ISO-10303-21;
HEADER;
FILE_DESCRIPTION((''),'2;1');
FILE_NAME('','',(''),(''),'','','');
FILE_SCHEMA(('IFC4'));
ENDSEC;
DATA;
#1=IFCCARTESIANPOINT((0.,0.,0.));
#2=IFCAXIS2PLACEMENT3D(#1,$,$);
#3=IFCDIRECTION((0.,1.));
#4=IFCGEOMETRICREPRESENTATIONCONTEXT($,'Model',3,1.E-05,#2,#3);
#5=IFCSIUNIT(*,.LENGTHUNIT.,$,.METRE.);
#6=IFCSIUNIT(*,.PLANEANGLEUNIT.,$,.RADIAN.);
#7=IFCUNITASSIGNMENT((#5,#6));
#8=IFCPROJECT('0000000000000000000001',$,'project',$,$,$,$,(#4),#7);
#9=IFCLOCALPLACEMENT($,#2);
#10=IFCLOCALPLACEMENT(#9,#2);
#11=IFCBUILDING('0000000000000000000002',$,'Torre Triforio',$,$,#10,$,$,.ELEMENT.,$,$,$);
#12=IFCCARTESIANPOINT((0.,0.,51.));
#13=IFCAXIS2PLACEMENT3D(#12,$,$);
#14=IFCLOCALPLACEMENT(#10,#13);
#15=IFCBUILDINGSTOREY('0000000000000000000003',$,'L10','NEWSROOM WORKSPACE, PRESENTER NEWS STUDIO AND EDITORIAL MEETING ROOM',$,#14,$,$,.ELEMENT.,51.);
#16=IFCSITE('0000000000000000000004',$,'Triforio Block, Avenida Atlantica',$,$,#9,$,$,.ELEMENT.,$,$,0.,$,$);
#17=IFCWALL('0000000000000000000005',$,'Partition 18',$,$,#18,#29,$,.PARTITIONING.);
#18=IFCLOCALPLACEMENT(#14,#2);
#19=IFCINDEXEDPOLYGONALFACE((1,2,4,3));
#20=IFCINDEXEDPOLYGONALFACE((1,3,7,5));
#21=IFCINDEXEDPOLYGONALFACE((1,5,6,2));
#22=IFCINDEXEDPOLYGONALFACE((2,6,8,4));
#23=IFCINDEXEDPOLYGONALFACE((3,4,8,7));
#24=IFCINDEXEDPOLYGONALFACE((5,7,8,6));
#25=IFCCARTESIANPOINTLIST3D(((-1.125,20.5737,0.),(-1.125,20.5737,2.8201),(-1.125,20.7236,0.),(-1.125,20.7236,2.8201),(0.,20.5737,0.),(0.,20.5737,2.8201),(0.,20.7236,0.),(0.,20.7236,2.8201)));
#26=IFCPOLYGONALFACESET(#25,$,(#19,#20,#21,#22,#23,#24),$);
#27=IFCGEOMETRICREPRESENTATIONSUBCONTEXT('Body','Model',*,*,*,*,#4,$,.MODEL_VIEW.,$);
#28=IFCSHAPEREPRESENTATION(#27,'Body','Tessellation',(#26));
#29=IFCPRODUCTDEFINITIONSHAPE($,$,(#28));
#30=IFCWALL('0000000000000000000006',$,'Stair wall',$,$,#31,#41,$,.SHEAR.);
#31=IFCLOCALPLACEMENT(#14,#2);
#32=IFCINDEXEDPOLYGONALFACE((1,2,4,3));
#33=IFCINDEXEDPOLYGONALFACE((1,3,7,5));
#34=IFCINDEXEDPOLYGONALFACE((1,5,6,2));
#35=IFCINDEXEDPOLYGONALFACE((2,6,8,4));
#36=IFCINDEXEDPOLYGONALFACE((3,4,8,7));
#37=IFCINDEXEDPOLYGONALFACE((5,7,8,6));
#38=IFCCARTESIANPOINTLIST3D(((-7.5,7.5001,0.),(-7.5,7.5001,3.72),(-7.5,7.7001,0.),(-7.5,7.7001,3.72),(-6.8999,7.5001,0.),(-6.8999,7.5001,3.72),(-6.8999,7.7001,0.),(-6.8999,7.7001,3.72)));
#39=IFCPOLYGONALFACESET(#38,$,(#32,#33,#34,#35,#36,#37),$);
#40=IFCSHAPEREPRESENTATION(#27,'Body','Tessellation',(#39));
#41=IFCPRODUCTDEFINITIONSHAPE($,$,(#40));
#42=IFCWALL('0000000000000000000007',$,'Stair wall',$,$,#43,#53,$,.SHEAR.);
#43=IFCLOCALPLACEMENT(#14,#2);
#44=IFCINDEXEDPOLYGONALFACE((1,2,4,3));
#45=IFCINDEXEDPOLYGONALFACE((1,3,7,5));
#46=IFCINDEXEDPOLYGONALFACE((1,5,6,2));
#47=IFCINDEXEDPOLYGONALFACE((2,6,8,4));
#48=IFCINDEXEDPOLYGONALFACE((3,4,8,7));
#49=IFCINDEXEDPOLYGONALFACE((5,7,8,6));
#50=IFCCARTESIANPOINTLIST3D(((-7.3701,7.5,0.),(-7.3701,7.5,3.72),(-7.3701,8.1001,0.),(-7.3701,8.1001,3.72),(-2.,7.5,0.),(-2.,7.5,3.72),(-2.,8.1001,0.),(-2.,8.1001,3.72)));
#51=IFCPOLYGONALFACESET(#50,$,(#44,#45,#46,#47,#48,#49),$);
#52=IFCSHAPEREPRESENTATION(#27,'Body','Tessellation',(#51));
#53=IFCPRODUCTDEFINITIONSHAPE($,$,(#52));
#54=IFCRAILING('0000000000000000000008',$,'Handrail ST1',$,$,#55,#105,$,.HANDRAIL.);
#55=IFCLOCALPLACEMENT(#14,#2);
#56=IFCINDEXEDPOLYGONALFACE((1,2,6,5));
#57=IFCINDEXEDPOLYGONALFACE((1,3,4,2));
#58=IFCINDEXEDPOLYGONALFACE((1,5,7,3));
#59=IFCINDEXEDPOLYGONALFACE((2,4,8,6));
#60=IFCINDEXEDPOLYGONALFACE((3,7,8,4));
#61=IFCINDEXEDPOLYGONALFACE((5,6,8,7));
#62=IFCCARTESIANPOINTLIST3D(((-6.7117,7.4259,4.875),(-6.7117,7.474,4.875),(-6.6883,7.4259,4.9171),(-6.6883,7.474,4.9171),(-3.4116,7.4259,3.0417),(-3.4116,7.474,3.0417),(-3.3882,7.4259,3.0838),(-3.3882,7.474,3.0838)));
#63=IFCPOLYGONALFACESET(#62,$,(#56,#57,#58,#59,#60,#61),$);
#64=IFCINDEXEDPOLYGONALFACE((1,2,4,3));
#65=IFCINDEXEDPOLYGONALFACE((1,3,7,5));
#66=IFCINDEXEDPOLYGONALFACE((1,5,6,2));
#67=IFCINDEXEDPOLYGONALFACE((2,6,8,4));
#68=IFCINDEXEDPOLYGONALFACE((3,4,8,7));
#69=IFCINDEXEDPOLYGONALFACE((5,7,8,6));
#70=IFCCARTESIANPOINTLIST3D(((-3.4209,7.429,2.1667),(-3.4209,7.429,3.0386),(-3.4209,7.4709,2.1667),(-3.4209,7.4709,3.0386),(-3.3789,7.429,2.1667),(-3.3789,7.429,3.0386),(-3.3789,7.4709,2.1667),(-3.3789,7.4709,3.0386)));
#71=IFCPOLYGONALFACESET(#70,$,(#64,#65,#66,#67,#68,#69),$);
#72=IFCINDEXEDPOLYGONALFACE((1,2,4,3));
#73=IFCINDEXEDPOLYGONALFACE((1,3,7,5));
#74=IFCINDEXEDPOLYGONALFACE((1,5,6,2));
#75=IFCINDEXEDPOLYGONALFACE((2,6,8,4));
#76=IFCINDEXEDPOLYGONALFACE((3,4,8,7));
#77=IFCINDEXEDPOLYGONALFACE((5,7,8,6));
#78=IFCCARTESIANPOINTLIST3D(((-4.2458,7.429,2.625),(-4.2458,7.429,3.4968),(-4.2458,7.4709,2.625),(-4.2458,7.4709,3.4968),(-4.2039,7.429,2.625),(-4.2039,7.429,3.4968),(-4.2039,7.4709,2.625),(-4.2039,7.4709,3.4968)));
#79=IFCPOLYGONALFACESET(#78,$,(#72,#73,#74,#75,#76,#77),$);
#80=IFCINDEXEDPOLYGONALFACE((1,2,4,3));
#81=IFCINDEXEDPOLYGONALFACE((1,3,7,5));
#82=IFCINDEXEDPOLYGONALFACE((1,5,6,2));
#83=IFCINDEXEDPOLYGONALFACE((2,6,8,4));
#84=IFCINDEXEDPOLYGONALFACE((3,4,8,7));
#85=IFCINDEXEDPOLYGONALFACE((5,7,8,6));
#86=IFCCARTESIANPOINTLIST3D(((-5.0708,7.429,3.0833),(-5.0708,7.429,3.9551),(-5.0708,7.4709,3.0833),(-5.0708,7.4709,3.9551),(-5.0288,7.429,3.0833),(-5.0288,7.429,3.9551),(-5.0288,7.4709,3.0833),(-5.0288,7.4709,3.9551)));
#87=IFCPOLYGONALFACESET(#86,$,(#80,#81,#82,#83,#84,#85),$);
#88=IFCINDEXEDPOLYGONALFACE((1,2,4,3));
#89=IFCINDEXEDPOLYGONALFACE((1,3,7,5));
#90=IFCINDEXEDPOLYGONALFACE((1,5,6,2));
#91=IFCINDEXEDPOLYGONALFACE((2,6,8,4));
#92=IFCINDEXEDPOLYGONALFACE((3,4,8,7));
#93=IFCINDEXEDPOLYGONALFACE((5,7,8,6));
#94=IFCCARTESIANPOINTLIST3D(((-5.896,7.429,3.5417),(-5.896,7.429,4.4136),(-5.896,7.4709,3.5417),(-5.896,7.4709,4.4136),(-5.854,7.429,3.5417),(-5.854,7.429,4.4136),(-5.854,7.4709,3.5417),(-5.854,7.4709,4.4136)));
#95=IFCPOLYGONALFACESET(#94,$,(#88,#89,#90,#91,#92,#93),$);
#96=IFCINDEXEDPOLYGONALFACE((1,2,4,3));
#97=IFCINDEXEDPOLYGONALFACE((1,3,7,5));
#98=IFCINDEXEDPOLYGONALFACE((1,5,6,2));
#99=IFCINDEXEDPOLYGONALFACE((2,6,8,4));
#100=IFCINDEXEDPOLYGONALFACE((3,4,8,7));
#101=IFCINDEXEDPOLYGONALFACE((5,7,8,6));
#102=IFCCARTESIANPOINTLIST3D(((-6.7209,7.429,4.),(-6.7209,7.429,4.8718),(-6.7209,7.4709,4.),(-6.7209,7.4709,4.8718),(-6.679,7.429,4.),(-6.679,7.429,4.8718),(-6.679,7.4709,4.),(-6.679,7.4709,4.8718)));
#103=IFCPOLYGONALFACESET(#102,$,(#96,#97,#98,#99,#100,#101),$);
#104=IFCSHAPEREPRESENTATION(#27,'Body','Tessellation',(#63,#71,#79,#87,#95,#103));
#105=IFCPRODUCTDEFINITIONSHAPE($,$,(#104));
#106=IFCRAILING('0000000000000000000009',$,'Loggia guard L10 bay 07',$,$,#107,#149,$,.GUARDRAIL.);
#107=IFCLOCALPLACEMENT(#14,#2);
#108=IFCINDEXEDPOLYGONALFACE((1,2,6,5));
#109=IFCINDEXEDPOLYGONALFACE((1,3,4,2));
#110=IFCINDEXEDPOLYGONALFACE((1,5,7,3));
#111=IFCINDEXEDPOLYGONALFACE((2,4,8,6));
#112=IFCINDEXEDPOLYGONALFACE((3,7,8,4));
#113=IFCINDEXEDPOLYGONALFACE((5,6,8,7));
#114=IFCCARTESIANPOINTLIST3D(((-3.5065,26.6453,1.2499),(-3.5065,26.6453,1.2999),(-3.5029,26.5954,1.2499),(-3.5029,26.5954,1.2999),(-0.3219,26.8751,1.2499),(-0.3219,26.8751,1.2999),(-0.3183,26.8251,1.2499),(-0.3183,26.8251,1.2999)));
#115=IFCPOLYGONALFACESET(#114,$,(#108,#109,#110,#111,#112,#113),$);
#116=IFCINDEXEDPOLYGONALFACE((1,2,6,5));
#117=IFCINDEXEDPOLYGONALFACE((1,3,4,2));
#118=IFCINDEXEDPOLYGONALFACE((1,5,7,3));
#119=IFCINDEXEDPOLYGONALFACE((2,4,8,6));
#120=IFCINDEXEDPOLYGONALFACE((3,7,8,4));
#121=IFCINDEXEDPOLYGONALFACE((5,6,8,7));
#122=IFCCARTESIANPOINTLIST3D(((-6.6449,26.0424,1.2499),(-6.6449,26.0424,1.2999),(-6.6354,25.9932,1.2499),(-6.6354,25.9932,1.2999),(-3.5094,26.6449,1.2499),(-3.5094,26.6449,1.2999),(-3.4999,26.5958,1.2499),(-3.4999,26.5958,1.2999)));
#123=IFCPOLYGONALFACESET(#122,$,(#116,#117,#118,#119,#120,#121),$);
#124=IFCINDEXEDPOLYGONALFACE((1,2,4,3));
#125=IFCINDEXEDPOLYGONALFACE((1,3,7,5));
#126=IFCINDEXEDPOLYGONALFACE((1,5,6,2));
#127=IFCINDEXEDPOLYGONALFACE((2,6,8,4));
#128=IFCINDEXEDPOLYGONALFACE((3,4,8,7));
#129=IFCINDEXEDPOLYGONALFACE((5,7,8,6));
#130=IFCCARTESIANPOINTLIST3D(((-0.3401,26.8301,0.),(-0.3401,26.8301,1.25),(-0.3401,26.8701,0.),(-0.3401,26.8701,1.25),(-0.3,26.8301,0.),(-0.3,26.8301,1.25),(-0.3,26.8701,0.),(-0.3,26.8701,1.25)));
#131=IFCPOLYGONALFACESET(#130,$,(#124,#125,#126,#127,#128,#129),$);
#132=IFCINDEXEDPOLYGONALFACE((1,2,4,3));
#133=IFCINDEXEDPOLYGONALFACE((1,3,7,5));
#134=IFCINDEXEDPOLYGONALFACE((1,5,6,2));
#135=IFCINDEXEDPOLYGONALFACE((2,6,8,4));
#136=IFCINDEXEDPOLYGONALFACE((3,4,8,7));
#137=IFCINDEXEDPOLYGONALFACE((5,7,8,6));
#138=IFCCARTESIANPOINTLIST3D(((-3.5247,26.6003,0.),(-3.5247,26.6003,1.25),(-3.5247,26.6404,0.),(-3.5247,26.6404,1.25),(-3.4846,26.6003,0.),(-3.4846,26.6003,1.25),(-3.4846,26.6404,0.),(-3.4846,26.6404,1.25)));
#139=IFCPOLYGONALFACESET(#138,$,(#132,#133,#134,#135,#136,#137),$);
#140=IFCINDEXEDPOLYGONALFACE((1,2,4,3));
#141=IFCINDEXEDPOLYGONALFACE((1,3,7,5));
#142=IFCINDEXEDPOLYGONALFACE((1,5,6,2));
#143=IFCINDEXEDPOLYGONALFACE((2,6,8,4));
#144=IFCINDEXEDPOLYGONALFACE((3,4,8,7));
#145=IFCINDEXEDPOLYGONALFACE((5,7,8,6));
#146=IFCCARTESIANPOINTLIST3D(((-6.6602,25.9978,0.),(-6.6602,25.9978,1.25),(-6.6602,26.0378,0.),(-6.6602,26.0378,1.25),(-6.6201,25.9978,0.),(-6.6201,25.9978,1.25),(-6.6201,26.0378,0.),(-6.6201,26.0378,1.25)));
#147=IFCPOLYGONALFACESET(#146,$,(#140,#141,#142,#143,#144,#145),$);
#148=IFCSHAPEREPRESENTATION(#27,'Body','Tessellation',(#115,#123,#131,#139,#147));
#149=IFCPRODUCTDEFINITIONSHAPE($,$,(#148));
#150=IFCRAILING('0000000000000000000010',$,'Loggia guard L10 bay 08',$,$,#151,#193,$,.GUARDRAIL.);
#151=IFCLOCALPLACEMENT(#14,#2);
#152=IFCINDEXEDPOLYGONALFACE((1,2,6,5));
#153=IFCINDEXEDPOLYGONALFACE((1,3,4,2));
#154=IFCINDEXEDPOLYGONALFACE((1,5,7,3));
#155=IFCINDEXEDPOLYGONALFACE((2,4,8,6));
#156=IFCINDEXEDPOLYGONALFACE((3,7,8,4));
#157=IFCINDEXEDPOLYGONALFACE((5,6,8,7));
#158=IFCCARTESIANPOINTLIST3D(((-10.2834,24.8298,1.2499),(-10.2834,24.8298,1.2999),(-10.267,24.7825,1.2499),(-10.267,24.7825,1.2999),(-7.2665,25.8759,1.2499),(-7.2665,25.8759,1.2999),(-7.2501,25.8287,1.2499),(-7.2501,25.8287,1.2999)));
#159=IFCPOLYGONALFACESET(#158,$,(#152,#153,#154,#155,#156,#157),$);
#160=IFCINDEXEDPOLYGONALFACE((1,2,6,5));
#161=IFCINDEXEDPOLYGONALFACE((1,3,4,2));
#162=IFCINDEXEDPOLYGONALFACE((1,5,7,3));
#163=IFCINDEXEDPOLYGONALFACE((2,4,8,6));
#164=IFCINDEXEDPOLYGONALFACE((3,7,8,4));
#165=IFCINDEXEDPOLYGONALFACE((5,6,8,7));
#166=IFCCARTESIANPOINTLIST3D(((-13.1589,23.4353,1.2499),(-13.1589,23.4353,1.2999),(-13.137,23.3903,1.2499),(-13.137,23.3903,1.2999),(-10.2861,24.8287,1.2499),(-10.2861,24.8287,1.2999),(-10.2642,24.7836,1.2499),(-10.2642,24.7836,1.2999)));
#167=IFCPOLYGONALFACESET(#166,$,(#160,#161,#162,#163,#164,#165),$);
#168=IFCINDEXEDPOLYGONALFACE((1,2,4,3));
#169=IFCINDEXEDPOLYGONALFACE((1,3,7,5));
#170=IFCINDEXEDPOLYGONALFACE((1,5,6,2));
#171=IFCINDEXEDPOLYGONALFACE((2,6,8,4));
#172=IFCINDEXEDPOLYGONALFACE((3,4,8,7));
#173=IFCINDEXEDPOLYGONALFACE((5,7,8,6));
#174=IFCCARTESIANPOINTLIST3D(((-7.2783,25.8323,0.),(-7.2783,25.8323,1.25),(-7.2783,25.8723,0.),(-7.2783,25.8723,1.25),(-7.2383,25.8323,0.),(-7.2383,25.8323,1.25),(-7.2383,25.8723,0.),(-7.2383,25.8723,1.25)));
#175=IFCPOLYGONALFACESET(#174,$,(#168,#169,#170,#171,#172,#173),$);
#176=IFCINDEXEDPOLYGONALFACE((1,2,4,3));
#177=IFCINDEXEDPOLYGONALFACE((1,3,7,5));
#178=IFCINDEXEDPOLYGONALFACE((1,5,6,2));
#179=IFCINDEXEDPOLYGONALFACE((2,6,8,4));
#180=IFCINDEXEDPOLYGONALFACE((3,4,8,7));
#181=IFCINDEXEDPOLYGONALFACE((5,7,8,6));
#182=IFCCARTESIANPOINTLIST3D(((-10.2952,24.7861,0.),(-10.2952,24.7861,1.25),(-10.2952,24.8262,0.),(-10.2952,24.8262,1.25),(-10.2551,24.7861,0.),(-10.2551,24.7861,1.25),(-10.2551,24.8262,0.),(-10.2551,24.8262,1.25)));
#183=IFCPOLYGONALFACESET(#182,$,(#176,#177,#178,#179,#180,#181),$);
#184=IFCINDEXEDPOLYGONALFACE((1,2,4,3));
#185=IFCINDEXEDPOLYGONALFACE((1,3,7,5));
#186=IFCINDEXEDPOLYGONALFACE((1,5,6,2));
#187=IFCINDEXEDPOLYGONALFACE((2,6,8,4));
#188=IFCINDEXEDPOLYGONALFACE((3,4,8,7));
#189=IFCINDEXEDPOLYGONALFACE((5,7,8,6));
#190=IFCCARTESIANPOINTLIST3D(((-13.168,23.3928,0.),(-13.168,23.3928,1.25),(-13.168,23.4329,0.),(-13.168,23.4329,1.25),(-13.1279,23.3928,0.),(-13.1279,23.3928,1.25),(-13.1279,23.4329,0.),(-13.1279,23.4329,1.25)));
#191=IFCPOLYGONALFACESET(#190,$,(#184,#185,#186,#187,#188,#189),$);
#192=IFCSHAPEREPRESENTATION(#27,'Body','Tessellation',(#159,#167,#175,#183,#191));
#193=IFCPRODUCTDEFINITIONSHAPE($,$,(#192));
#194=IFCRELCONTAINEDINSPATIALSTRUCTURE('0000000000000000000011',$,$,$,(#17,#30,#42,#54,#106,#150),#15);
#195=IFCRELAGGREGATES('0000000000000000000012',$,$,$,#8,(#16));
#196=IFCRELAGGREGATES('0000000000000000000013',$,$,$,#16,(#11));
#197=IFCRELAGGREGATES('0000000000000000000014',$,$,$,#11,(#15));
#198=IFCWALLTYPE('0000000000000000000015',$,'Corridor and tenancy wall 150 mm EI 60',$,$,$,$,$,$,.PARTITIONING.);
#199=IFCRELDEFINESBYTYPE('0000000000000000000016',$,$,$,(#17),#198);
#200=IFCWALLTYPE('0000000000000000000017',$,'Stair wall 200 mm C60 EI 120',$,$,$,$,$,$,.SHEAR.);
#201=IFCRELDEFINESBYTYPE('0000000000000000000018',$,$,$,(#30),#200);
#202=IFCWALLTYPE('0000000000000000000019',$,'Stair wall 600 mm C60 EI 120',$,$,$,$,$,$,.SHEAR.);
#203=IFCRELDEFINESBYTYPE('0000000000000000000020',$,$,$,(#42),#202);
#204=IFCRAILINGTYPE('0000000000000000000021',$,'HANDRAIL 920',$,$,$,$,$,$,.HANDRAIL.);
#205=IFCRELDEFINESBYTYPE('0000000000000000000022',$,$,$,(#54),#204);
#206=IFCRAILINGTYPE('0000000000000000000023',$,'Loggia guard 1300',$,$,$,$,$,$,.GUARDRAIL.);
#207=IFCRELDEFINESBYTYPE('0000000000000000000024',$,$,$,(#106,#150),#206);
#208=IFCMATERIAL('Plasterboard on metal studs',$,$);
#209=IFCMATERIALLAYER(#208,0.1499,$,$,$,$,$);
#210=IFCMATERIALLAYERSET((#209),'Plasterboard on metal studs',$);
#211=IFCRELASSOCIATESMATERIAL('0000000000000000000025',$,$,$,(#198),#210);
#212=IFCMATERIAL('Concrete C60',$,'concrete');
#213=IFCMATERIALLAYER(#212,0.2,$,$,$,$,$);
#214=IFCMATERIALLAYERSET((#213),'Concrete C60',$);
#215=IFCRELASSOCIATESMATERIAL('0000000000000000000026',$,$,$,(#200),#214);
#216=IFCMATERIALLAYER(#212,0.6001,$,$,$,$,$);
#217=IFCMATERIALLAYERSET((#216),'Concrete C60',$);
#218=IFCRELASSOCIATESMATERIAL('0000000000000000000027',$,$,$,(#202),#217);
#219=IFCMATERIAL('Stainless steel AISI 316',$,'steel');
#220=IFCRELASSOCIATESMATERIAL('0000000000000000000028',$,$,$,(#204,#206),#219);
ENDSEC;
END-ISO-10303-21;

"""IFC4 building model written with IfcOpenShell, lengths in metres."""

from ifc_helpers import new_model, si_unit, direction, frame, frame_2d, origin, origin_2d, place, context, subcontext, project, spatial, rectangle, extrude, material, layer, layer_set, type_object, element, save


model = new_model("IFC4")

# Units and contexts
model_context = context("Model", 3, precision=1e-05, world=origin(), true_north=direction((0.0, 1.0)))
body_context = subcontext(model_context, "Body", "Model", "MODEL_VIEW")
ifc_project = project(units=[si_unit("LENGTHUNIT", "METRE"), si_unit("PLANEANGLEUNIT", "RADIAN")], contexts=[model_context])

# Site, building, storey
site_placement = place(None, origin())
site = spatial("IfcSite", under=ifc_project, at=site_placement, Name="Triforio Block, Avenida Atlantica", CompositionType="ELEMENT", RefElevation=0.0)
building_placement = place(site_placement, origin())
building = spatial("IfcBuilding", under=site, at=building_placement, Name="Torre Triforio", CompositionType="ELEMENT")
storey_placement = place(building_placement, frame((0.0, 0.0, 51.0)))
storey = spatial("IfcBuildingStorey", under=building, at=storey_placement, Name="L10", Description="NEWSROOM WORKSPACE, PRESENTER NEWS STUDIO AND EDITORIAL MEETING ROOM", CompositionType="ELEMENT", Elevation=51.0)

# Shared definitions
ifc_material_1 = material(Name="Concrete C60", Category="concrete")

# Shared definitions
ifc_material_2 = material(Name="Plasterboard on metal studs")
ifc_layer_1 = layer(ifc_material_2, 0.1499)
ifc_layer_set_1 = layer_set([ifc_layer_1], Name="Plasterboard on metal studs")
wall_type_1 = type_object("IfcWallType", Name="Corridor and tenancy wall 150 mm EI 60", PredefinedType="PARTITIONING", material=ifc_layer_set_1)

# Walls
wall_1_placement = place(storey_placement, frame((-1.125, 20.6487, 0.0), z_axis=(0.0, 0.0, 1.0), x_axis=(1.0, 0.0, 0.0)))
element("IfcWall", 1, at=wall_1_placement, inside=storey, type_object=wall_type_1, Name="Partition 18", PredefinedType="PARTITIONING", context=body_context, shape_type="SweptSolid", body=[
    extrude(rectangle(XDim=1.125, YDim=0.1499, at=frame_2d((0.5625, 0.0))), origin(), (0.0, 0.0, 1.0), 2.8201),
])
ifc_layer_2 = layer(ifc_material_1, 0.2)
ifc_layer_set_2 = layer_set([ifc_layer_2], Name="Concrete C60")
wall_type_2 = type_object("IfcWallType", Name="Stair wall 200 mm C60 EI 120", PredefinedType="SHEAR", material=ifc_layer_set_2)
wall_2_placement = place(storey_placement, frame((-7.5, 7.6001, 0.0), z_axis=(0.0, 0.0, 1.0), x_axis=(1.0, 0.0, 0.0)))
element("IfcWall", 2, at=wall_2_placement, inside=storey, type_object=wall_type_2, Name="Stair wall", PredefinedType="SHEAR", context=body_context, shape_type="SweptSolid", body=[
    extrude(rectangle(XDim=0.6001, YDim=0.2, at=frame_2d((0.3, 0.0))), origin(), (0.0, 0.0, 1.0), 3.72),
])
ifc_layer_3 = layer(ifc_material_1, 0.6001)
ifc_layer_set_3 = layer_set([ifc_layer_3], Name="Concrete C60")
wall_type_3 = type_object("IfcWallType", Name="Stair wall 600 mm C60 EI 120", PredefinedType="SHEAR", material=ifc_layer_set_3)
wall_3_placement = place(storey_placement, frame((-7.3701, 7.8, 0.0), z_axis=(0.0, 0.0, 1.0), x_axis=(1.0, 0.0, 0.0)))
element("IfcWall", 3, at=wall_3_placement, inside=storey, type_object=wall_type_3, Name="Stair wall", PredefinedType="SHEAR", context=body_context, shape_type="SweptSolid", body=[
    extrude(rectangle(XDim=5.3701, YDim=0.6001, at=frame_2d((2.6851, 0.0))), origin(), (0.0, 0.0, 1.0), 3.72),
])

# Railings
ifc_material_3 = material(Name="Stainless steel AISI 316", Category="steel")
railing_type_1 = type_object("IfcRailingType", Name="HANDRAIL 920", PredefinedType="HANDRAIL", material=ifc_material_3)
railing_1_placement = place(storey_placement, frame((-3.3999, 7.45, 2.1667)))
element("IfcRailing", 4, at=railing_1_placement, inside=storey, type_object=railing_type_1, Name="Handrail ST1", PredefinedType="HANDRAIL", context=body_context, shape_type="SweptSolid", body=[
    extrude(rectangle(XDim=0.0481, YDim=0.0481, at=origin_2d()), frame((0.0, 0.0, 0.896), z_axis=(-0.874169, 0.0, 0.485621), x_axis=(0.0, -1.0, 0.0)), (0.0, 0.0, 1.0), 3.7751),
    extrude(rectangle(XDim=0.042, YDim=0.042, at=origin_2d()), origin(), (0.0, 0.0, 1.0), 0.8718),
    extrude(rectangle(XDim=0.042, YDim=0.042, at=origin_2d()), frame((-0.825, 0.0, 0.4583)), (0.0, 0.0, 1.0), 0.8718),
    extrude(rectangle(XDim=0.042, YDim=0.042, at=origin_2d()), frame((-1.6499, 0.0, 0.9165)), (0.0, 0.0, 1.0), 0.8718),
    extrude(rectangle(XDim=0.042, YDim=0.042, at=origin_2d()), frame((-2.4751, 0.0, 1.375)), (0.0, 0.0, 1.0), 0.8718),
    extrude(rectangle(XDim=0.042, YDim=0.042, at=origin_2d()), frame((-3.3, 0.0, 1.8333)), (0.0, 0.0, 1.0), 0.8718),
])
railing_type_2 = type_object("IfcRailingType", Name="Loggia guard 1300", PredefinedType="GUARDRAIL", material=ifc_material_3)
railing_2_placement = place(storey_placement, frame((-0.3201, 26.8501, 0.0)))
element("IfcRailing", 5, at=railing_2_placement, inside=storey, type_object=railing_type_2, Name="Loggia guard L10 bay 07", PredefinedType="GUARDRAIL", context=body_context, shape_type="SweptSolid", body=[
    extrude(rectangle(XDim=0.05, YDim=0.05, at=origin_2d()), frame((0.0, 0.0, 1.2749), z_axis=(-0.997408, -0.071953, 0.0), x_axis=(0.071953, -0.997408, 0.0)), (0.0, 0.0, 1.0), 3.1929),
    extrude(rectangle(XDim=0.05, YDim=0.05, at=origin_2d()), frame((-3.1846, -0.2297, 1.2749), z_axis=(-0.982032, -0.188714, 0.0), x_axis=(0.188714, -0.982032, 0.0)), (0.0, 0.0, 1.0), 3.1929),
    extrude(rectangle(XDim=0.04, YDim=0.04, at=origin_2d()), origin(), (0.0, 0.0, 1.0), 1.25),
    extrude(rectangle(XDim=0.04, YDim=0.04, at=origin_2d()), frame((-3.1846, -0.2297, 0.0)), (0.0, 0.0, 1.0), 1.25),
    extrude(rectangle(XDim=0.04, YDim=0.04, at=origin_2d()), frame((-6.3201, -0.8323, 0.0)), (0.0, 0.0, 1.0), 1.25),
])
railing_3_placement = place(storey_placement, frame((-7.2583, 25.8523, 0.0)))
element("IfcRailing", 6, at=railing_3_placement, inside=storey, type_object=railing_type_2, Name="Loggia guard L10 bay 08", PredefinedType="GUARDRAIL", context=body_context, shape_type="SweptSolid", body=[
    extrude(rectangle(XDim=0.05, YDim=0.05, at=origin_2d()), frame((0.0, 0.0, 1.2749), z_axis=(-0.944807, -0.327628, 0.0), x_axis=(0.327628, -0.944807, 0.0)), (0.0, 0.0, 1.0), 3.1931),
    extrude(rectangle(XDim=0.05, YDim=0.05, at=origin_2d()), frame((-3.0168, -1.0461, 1.2749), z_axis=(-0.89976, -0.436384, 0.0), x_axis=(0.436384, -0.89976, 0.0)), (0.0, 0.0, 1.0), 3.1929),
    extrude(rectangle(XDim=0.04, YDim=0.04, at=origin_2d()), origin(), (0.0, 0.0, 1.0), 1.25),
    extrude(rectangle(XDim=0.04, YDim=0.04, at=origin_2d()), frame((-3.0168, -1.0461, 0.0)), (0.0, 0.0, 1.0), 1.25),
    extrude(rectangle(XDim=0.04, YDim=0.04, at=origin_2d()), frame((-5.8896, -2.4395, 0.0)), (0.0, 0.0, 1.0), 1.25),
])

save(model, "model.ifc")
